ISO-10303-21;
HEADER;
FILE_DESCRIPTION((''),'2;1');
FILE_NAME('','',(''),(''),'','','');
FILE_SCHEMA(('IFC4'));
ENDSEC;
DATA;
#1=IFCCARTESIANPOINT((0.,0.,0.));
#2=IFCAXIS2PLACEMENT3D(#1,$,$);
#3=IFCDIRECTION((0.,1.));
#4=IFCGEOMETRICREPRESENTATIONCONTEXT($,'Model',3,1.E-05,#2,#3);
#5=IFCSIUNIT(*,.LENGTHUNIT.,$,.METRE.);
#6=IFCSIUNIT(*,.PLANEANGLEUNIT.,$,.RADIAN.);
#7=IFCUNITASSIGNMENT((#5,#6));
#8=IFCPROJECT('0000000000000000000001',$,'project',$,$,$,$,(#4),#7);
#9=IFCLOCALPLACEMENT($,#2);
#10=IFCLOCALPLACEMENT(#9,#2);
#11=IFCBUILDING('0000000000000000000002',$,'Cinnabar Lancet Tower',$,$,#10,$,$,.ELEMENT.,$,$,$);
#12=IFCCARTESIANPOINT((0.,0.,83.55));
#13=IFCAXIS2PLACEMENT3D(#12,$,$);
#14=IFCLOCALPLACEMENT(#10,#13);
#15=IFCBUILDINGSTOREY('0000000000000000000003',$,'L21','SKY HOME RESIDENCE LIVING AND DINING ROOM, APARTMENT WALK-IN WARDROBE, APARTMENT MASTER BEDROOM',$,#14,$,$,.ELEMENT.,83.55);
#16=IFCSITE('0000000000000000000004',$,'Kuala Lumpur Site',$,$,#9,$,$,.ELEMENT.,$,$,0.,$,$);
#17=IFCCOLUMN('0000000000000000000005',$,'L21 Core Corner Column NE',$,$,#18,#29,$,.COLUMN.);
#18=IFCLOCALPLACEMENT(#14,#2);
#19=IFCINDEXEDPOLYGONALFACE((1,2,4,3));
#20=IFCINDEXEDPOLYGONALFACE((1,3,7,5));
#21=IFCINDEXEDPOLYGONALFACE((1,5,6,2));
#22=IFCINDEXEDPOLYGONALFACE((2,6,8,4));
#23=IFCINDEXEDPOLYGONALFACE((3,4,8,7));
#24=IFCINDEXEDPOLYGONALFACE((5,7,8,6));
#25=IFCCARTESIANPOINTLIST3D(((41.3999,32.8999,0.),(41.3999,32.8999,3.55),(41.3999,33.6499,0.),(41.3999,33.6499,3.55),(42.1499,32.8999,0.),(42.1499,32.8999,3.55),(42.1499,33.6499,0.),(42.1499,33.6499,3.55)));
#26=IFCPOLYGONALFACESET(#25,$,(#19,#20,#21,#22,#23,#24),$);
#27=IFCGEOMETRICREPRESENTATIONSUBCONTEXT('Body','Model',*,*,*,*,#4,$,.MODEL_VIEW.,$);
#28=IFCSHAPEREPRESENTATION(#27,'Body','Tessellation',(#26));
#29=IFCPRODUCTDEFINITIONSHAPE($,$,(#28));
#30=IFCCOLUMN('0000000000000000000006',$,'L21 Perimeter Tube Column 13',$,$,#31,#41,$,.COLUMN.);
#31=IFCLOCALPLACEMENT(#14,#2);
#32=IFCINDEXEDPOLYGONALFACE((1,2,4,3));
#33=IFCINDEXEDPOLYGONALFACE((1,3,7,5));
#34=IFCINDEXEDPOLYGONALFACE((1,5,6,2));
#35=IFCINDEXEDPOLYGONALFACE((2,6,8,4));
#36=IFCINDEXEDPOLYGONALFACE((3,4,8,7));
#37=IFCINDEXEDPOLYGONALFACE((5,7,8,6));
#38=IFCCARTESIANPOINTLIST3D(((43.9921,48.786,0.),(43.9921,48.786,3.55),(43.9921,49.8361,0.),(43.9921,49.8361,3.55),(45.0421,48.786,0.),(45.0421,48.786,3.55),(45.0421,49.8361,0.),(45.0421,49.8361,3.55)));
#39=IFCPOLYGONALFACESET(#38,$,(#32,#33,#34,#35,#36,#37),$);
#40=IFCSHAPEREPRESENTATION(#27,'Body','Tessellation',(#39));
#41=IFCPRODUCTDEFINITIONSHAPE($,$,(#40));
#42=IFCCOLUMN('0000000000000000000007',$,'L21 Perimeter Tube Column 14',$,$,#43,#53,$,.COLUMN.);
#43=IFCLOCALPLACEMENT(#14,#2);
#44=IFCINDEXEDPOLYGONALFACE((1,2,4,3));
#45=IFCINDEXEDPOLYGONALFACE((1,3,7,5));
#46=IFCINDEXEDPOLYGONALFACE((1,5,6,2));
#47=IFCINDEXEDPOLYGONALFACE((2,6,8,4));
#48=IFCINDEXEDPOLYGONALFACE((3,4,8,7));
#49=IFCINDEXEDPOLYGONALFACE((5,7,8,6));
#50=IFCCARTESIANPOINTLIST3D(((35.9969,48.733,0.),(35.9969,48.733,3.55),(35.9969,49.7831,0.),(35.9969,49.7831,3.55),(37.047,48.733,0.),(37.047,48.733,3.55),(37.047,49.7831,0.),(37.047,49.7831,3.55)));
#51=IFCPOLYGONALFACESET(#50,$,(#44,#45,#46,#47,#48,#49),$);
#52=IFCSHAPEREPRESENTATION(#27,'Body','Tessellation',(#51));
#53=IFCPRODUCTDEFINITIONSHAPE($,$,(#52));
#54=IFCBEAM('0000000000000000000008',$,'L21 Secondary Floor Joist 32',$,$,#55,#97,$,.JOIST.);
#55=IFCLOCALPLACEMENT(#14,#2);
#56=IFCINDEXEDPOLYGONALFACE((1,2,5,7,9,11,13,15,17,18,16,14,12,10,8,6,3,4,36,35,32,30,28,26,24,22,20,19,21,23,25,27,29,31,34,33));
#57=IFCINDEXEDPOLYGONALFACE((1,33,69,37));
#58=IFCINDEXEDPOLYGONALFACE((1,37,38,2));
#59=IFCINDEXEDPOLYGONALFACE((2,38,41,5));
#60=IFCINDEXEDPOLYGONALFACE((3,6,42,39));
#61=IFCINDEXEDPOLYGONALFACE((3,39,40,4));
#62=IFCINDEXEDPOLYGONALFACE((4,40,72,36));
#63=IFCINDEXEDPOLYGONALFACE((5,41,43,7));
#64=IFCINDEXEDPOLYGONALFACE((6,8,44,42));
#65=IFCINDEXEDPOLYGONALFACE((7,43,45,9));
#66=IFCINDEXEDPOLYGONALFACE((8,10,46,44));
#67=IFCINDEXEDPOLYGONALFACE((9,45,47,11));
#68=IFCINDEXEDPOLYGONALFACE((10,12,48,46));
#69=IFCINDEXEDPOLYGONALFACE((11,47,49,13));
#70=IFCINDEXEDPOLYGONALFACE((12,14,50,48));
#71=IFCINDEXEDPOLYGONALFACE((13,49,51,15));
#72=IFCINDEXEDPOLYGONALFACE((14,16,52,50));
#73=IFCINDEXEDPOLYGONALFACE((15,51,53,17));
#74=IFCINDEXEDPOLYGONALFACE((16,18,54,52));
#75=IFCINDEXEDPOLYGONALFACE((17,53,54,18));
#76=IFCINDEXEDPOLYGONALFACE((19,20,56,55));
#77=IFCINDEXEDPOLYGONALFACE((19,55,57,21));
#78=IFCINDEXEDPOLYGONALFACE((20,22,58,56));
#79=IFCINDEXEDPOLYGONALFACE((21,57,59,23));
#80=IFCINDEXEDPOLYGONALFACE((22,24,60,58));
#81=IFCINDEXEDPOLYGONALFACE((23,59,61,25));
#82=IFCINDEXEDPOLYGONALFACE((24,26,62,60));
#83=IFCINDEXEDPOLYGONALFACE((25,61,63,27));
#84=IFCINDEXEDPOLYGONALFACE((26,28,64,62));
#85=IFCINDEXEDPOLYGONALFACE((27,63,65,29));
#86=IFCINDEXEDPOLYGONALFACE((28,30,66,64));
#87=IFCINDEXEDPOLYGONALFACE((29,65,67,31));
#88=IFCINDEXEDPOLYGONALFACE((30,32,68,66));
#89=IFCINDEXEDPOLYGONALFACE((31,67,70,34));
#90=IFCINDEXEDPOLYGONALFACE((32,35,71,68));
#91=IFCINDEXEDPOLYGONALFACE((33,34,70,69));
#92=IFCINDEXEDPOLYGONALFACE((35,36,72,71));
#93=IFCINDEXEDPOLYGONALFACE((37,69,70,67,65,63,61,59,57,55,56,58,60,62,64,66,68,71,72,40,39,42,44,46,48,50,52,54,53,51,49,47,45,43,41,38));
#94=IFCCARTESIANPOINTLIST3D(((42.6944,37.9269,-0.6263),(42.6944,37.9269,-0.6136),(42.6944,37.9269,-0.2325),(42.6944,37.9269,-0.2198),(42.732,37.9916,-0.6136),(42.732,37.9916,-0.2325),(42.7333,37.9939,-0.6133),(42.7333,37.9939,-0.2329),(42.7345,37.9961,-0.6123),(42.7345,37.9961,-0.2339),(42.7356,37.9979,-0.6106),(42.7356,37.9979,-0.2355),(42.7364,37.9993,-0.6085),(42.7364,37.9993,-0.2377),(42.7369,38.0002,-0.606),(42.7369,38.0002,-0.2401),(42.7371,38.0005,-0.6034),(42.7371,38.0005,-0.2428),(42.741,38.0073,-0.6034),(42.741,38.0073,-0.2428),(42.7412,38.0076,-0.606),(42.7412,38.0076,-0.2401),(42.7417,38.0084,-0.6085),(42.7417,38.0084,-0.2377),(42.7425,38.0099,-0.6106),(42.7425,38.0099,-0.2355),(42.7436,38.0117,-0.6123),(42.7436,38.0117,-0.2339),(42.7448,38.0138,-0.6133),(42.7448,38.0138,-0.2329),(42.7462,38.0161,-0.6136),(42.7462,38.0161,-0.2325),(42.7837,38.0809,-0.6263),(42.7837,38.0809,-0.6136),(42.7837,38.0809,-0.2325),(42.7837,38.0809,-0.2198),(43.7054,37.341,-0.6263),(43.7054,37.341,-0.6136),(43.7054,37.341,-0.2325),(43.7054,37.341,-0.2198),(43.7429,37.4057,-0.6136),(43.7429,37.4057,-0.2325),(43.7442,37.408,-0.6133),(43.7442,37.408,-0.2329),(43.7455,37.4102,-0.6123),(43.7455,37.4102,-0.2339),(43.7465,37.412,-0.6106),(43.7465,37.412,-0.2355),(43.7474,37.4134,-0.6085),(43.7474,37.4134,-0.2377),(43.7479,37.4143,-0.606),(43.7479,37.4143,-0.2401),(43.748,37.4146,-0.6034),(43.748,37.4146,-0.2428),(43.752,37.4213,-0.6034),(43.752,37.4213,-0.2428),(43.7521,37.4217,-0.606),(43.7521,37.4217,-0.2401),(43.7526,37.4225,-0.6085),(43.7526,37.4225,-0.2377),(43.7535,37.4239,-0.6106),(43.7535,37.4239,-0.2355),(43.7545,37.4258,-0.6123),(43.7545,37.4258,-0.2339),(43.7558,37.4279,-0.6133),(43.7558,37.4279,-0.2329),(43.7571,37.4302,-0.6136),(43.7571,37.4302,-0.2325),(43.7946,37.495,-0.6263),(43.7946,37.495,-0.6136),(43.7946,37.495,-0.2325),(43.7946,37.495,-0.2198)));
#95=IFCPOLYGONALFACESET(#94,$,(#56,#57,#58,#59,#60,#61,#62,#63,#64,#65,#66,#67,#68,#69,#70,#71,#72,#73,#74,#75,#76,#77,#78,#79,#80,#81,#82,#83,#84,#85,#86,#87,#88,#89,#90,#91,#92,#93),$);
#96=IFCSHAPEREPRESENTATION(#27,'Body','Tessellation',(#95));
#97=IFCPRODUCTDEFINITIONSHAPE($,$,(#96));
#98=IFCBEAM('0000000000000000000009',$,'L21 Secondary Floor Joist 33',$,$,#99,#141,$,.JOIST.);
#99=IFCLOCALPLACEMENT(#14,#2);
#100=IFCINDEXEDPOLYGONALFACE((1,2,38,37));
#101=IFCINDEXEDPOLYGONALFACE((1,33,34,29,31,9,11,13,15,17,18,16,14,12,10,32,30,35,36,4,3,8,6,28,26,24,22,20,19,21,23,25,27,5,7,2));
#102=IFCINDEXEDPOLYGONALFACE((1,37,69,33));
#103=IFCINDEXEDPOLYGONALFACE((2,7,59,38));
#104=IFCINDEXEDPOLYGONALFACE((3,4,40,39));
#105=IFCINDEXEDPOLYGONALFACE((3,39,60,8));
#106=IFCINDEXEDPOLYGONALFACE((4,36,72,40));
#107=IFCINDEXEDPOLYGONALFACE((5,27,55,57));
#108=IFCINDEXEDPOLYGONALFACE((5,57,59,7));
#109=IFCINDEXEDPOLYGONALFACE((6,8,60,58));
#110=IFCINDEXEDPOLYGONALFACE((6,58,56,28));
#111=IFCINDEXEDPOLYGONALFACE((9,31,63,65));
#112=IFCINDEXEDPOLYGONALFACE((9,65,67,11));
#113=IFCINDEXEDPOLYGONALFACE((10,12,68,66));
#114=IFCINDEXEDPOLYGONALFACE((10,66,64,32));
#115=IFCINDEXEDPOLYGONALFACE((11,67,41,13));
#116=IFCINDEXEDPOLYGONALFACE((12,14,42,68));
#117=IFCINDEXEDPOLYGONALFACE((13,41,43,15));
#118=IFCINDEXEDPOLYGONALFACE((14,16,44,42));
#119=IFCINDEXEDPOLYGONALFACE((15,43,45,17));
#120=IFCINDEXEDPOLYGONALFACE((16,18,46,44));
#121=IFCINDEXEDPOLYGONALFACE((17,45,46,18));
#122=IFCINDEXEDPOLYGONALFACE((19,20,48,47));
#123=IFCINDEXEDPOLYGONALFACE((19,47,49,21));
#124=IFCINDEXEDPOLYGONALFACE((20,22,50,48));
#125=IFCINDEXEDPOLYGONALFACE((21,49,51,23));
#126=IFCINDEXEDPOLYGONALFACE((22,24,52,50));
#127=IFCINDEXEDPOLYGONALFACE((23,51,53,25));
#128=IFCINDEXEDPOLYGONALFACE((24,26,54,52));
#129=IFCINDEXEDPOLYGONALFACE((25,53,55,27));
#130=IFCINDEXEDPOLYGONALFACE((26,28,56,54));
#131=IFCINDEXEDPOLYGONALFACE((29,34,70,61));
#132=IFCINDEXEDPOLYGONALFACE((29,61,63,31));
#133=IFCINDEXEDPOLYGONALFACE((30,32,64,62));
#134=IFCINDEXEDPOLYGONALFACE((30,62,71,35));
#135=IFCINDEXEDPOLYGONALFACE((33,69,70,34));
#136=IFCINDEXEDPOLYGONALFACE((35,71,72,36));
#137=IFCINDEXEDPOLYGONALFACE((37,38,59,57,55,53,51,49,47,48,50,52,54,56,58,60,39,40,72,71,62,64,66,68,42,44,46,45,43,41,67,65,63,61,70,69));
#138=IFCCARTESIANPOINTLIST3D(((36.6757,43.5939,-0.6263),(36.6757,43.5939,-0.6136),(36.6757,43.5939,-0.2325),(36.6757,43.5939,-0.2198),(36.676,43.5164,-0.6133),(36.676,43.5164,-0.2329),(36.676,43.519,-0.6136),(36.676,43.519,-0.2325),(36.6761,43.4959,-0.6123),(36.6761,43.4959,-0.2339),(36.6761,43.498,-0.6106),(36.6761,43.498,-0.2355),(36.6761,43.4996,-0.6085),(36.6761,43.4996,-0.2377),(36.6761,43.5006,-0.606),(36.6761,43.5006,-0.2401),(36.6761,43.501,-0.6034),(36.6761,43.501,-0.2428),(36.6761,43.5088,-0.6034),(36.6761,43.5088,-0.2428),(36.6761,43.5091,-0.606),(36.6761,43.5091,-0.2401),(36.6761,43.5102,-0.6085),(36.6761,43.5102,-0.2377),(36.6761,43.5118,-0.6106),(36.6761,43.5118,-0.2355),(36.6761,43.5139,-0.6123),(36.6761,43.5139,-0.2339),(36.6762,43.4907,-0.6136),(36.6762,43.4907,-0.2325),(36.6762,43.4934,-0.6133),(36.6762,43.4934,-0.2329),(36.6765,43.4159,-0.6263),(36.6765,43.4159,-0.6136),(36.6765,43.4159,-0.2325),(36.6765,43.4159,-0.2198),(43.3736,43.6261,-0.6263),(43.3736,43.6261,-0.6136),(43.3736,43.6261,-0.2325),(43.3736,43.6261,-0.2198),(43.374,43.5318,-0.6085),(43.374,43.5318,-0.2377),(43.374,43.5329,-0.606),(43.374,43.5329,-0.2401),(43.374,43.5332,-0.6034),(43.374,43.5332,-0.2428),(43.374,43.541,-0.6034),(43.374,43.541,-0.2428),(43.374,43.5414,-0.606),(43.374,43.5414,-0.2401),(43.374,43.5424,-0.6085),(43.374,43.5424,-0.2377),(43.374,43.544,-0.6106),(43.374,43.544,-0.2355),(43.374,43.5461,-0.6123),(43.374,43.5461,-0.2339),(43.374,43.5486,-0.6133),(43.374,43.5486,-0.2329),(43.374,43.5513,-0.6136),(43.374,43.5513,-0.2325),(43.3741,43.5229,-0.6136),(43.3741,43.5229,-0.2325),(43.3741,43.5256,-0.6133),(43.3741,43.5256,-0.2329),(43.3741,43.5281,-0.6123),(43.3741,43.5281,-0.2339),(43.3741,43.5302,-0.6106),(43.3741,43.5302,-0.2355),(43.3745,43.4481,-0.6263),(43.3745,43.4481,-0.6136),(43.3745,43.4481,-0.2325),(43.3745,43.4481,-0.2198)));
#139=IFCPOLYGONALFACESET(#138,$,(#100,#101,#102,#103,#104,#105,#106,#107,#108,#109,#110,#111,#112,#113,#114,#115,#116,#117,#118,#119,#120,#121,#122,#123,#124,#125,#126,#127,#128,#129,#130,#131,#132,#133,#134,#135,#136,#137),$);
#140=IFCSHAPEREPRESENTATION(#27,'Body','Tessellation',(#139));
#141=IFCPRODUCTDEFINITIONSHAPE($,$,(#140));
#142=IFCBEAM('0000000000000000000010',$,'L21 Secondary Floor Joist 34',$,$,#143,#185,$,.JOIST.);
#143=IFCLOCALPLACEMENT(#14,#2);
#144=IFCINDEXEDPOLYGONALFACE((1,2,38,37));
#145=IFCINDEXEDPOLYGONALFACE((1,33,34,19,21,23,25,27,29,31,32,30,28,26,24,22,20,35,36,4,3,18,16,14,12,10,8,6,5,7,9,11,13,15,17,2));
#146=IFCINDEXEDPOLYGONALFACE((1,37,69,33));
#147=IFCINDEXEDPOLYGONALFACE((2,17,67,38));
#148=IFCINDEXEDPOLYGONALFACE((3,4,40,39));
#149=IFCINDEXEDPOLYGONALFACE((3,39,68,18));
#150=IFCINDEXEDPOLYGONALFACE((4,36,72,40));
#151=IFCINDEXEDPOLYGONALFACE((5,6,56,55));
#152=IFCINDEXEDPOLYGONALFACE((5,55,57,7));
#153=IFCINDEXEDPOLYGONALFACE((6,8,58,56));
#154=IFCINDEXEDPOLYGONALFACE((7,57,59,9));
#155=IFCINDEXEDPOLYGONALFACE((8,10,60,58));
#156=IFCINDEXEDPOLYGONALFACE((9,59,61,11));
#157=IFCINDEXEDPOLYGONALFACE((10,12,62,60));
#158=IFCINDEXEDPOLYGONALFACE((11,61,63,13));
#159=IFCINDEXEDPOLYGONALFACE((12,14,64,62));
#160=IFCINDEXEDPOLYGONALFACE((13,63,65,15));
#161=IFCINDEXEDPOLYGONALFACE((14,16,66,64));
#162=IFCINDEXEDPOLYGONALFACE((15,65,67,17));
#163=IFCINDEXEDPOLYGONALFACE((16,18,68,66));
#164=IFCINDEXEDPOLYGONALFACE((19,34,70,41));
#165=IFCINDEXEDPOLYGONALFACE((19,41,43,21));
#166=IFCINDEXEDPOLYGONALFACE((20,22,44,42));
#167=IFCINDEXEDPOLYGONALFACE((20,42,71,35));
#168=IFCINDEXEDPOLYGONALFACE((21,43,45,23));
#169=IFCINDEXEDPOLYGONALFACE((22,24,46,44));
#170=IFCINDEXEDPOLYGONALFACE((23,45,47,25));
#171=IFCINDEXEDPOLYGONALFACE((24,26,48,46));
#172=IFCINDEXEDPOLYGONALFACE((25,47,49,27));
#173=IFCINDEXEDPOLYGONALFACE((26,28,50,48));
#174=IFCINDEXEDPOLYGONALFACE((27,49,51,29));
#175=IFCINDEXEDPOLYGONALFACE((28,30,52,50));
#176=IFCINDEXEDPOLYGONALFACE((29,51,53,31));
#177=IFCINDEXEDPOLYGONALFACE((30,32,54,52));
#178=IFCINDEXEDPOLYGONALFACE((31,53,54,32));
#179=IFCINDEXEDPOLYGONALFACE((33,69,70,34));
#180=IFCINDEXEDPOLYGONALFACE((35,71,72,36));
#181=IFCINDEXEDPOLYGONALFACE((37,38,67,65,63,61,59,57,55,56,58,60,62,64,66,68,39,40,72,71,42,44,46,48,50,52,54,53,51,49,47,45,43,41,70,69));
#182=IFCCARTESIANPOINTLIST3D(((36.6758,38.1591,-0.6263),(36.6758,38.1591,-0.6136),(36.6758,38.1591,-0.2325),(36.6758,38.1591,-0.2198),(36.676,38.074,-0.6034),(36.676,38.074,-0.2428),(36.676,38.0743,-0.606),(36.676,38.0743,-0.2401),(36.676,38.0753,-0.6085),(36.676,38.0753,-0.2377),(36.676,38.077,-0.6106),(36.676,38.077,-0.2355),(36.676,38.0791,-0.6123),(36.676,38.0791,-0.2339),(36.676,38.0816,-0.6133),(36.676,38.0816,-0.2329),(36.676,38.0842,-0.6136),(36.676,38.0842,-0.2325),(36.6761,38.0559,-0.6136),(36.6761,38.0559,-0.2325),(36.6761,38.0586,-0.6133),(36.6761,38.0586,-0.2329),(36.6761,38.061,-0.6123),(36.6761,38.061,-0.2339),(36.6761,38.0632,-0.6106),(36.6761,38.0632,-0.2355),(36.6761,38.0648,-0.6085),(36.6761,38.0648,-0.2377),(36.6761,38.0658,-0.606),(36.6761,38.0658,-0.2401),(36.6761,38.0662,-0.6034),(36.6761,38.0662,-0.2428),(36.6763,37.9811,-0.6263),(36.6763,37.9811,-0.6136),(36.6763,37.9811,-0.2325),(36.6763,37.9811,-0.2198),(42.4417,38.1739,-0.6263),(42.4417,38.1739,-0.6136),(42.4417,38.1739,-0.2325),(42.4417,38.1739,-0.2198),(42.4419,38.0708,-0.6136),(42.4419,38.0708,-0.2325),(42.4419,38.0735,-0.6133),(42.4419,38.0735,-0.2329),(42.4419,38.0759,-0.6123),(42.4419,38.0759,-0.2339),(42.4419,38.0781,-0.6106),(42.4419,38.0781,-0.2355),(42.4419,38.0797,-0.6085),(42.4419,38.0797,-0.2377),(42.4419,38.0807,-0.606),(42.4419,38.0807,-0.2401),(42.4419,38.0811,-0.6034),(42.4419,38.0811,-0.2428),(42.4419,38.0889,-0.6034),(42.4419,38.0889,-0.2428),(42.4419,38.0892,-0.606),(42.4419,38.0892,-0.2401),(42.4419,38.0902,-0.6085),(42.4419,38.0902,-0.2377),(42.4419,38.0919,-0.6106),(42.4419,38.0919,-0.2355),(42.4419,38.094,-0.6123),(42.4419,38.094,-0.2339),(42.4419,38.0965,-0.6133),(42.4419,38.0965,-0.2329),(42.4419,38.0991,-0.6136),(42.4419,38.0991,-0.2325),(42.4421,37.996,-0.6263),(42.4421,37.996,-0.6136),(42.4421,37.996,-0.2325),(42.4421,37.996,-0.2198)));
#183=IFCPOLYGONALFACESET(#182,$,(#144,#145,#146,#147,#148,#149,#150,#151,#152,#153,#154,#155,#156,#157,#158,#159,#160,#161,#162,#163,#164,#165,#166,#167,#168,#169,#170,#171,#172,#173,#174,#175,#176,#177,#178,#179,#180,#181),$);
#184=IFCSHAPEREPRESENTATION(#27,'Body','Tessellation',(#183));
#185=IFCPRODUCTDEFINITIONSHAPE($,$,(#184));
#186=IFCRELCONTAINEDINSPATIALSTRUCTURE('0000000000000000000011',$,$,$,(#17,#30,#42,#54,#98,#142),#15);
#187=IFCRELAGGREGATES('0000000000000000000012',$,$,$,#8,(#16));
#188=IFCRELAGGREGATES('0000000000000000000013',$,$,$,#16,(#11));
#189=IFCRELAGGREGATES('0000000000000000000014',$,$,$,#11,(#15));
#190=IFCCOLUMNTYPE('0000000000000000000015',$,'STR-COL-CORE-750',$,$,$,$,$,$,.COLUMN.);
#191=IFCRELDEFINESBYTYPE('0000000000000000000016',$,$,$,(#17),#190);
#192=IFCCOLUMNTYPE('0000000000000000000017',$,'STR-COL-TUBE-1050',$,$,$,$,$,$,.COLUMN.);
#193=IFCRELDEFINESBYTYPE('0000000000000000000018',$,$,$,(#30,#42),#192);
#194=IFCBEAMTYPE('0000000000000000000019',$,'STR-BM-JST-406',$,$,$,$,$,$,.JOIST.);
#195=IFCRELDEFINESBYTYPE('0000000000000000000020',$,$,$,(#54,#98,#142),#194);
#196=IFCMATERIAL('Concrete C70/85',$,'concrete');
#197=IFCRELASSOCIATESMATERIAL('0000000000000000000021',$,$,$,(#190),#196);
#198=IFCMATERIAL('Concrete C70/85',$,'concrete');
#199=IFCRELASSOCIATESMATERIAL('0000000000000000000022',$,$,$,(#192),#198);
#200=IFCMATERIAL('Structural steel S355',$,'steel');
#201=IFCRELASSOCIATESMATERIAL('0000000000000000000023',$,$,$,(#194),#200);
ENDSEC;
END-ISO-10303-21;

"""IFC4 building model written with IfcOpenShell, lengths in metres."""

from ifc_helpers import new_model, si_unit, direction, frame, origin, origin_2d, place, context, subcontext, project, spatial, rectangle, i_section, extrude, material, material_profile, profile_set, type_object, element, save


model = new_model("IFC4")

# Units and contexts
model_context = context("Model", 3, precision=1e-05, world=origin(), true_north=direction((0.0, 1.0)))
body_context = subcontext(model_context, "Body", "Model", "MODEL_VIEW")
ifc_project = project(units=[si_unit("LENGTHUNIT", "METRE"), si_unit("PLANEANGLEUNIT", "RADIAN")], contexts=[model_context])

# Site, building, storey
site_placement = place(None, origin())
site = spatial("IfcSite", under=ifc_project, at=site_placement, Name="Kuala Lumpur Site", CompositionType="ELEMENT", RefElevation=0.0)
building_placement = place(site_placement, origin())
building = spatial("IfcBuilding", under=site, at=building_placement, Name="Cinnabar Lancet Tower", CompositionType="ELEMENT")
storey_placement = place(building_placement, frame((0.0, 0.0, 83.55)))
storey = spatial("IfcBuildingStorey", under=building, at=storey_placement, Name="L21", Description="SKY HOME RESIDENCE LIVING AND DINING ROOM, APARTMENT WALK-IN WARDROBE, APARTMENT MASTER BEDROOM", CompositionType="ELEMENT", Elevation=83.55)

# Columns
ifc_material_1 = material(Name="Concrete C70/85", Category="concrete")
ifc_material_profile_1 = material_profile(ifc_material_1, rectangle(XDim=0.75, YDim=0.75, at=origin_2d()), Name="RC-COL 750x750")
ifc_profile_set_1 = profile_set([ifc_material_profile_1], Name="Concrete C70/85")
column_type_1 = type_object("IfcColumnType", Name="STR-COL-CORE-750", PredefinedType="COLUMN", material=ifc_profile_set_1)
column_placement = place(storey_placement, frame((41.7749, 33.2749, 0.0), z_axis=(0.0, 0.0, 1.0), x_axis=(1.0, 0.0, 0.0)))
element("IfcColumn", 1, at=column_placement, inside=storey, type_object=column_type_1, Name="L21 Core Corner Column NE", PredefinedType="COLUMN", context=body_context, shape_type="SweptSolid", body=[
    extrude(rectangle(XDim=0.75, YDim=0.75, at=origin_2d()), origin(), (0.0, 0.0, 1.0), 3.55),
])
ifc_material_2 = material(Name="Concrete C70/85", Category="concrete")
ifc_material_profile_2 = material_profile(ifc_material_2, rectangle(XDim=1.05, YDim=1.05, at=origin_2d()), Name="RC-COL 1050x1050")
ifc_profile_set_2 = profile_set([ifc_material_profile_2], Name="Concrete C70/85")
column_type_2 = type_object("IfcColumnType", Name="STR-COL-TUBE-1050", PredefinedType="COLUMN", material=ifc_profile_set_2)
for number, where, z_axis, x_axis, name in (
    (2, (44.5171, 49.311, 0.0), (0.0, 0.0, 1.0), (1.0, 0.0, 0.0), "L21 Perimeter Tube Column 13"),
    (3, (36.522, 49.2581, 0.0), (0.0, 0.0, 1.0), (1.0, 0.0, 0.0), "L21 Perimeter Tube Column 14"),
):
    element("IfcColumn", number, at=place(storey_placement, frame(where, z_axis=z_axis, x_axis=x_axis)), inside=storey, type_object=column_type_2, Name=name, PredefinedType="COLUMN", context=body_context, shape_type="SweptSolid", body=[
        extrude(rectangle(XDim=1.05, YDim=1.05, at=origin_2d()), origin(), (0.0, 0.0, 1.0), 3.55),
    ])

# Beams
ifc_material_3 = material(Name="Structural steel S355", Category="steel")
ifc_material_profile_3 = material_profile(ifc_material_3, i_section(OverallWidth=0.178, OverallDepth=0.4065, WebThickness=0.0078, FlangeThickness=0.0127, FilletRadius=0.0103, at=origin_2d()), Name="UKB 406x178x60")
ifc_profile_set_3 = profile_set([ifc_material_profile_3], Name="Structural steel S355")
beam_type_1 = type_object("IfcBeamType", Name="STR-BM-JST-406", PredefinedType="JOIST", material=ifc_profile_set_3)
beam_1_placement = place(storey_placement, frame((43.75, 37.418, -0.4231), z_axis=(-0.865193, 0.50144, 0.0), x_axis=(-0.50144, -0.865193, 0.0)))
element("IfcBeam", 4, at=beam_1_placement, inside=storey, type_object=beam_type_1, Name="L21 Secondary Floor Joist 32", PredefinedType="JOIST", context=body_context, shape_type="SweptSolid", body=[
    extrude(i_section(OverallWidth=0.178, OverallDepth=0.4065, WebThickness=0.0078, FlangeThickness=0.0127, FilletRadius=0.0103, at=origin_2d()), origin(), (0.0, 0.0, 1.0), 1.1685),
])
beam_2_placement = place(storey_placement, frame((43.374, 43.5371, -0.4231), z_axis=(-0.999988, -0.004811, 0.0), x_axis=(0.004811, -0.999988, 0.0)))
element("IfcBeam", 5, at=beam_2_placement, inside=storey, type_object=beam_type_1, Name="L21 Secondary Floor Joist 33", PredefinedType="JOIST", context=body_context, shape_type="SweptSolid", body=[
    extrude(i_section(OverallWidth=0.178, OverallDepth=0.4065, WebThickness=0.0078, FlangeThickness=0.0127, FilletRadius=0.0103, at=origin_2d()), origin(), (0.0, 0.0, 1.0), 6.698),
])
beam_3_placement = place(storey_placement, frame((42.4419, 38.085, -0.4231), z_axis=(-0.999997, -0.002583, 0.0), x_axis=(0.002583, -0.999997, 0.0)))
element("IfcBeam", 6, at=beam_3_placement, inside=storey, type_object=beam_type_1, Name="L21 Secondary Floor Joist 34", PredefinedType="JOIST", context=body_context, shape_type="SweptSolid", body=[
    extrude(i_section(OverallWidth=0.178, OverallDepth=0.4065, WebThickness=0.0078, FlangeThickness=0.0127, FilletRadius=0.0103, at=origin_2d()), origin(), (0.0, 0.0, 1.0), 5.7659),
])

save(model, "model.ifc")
